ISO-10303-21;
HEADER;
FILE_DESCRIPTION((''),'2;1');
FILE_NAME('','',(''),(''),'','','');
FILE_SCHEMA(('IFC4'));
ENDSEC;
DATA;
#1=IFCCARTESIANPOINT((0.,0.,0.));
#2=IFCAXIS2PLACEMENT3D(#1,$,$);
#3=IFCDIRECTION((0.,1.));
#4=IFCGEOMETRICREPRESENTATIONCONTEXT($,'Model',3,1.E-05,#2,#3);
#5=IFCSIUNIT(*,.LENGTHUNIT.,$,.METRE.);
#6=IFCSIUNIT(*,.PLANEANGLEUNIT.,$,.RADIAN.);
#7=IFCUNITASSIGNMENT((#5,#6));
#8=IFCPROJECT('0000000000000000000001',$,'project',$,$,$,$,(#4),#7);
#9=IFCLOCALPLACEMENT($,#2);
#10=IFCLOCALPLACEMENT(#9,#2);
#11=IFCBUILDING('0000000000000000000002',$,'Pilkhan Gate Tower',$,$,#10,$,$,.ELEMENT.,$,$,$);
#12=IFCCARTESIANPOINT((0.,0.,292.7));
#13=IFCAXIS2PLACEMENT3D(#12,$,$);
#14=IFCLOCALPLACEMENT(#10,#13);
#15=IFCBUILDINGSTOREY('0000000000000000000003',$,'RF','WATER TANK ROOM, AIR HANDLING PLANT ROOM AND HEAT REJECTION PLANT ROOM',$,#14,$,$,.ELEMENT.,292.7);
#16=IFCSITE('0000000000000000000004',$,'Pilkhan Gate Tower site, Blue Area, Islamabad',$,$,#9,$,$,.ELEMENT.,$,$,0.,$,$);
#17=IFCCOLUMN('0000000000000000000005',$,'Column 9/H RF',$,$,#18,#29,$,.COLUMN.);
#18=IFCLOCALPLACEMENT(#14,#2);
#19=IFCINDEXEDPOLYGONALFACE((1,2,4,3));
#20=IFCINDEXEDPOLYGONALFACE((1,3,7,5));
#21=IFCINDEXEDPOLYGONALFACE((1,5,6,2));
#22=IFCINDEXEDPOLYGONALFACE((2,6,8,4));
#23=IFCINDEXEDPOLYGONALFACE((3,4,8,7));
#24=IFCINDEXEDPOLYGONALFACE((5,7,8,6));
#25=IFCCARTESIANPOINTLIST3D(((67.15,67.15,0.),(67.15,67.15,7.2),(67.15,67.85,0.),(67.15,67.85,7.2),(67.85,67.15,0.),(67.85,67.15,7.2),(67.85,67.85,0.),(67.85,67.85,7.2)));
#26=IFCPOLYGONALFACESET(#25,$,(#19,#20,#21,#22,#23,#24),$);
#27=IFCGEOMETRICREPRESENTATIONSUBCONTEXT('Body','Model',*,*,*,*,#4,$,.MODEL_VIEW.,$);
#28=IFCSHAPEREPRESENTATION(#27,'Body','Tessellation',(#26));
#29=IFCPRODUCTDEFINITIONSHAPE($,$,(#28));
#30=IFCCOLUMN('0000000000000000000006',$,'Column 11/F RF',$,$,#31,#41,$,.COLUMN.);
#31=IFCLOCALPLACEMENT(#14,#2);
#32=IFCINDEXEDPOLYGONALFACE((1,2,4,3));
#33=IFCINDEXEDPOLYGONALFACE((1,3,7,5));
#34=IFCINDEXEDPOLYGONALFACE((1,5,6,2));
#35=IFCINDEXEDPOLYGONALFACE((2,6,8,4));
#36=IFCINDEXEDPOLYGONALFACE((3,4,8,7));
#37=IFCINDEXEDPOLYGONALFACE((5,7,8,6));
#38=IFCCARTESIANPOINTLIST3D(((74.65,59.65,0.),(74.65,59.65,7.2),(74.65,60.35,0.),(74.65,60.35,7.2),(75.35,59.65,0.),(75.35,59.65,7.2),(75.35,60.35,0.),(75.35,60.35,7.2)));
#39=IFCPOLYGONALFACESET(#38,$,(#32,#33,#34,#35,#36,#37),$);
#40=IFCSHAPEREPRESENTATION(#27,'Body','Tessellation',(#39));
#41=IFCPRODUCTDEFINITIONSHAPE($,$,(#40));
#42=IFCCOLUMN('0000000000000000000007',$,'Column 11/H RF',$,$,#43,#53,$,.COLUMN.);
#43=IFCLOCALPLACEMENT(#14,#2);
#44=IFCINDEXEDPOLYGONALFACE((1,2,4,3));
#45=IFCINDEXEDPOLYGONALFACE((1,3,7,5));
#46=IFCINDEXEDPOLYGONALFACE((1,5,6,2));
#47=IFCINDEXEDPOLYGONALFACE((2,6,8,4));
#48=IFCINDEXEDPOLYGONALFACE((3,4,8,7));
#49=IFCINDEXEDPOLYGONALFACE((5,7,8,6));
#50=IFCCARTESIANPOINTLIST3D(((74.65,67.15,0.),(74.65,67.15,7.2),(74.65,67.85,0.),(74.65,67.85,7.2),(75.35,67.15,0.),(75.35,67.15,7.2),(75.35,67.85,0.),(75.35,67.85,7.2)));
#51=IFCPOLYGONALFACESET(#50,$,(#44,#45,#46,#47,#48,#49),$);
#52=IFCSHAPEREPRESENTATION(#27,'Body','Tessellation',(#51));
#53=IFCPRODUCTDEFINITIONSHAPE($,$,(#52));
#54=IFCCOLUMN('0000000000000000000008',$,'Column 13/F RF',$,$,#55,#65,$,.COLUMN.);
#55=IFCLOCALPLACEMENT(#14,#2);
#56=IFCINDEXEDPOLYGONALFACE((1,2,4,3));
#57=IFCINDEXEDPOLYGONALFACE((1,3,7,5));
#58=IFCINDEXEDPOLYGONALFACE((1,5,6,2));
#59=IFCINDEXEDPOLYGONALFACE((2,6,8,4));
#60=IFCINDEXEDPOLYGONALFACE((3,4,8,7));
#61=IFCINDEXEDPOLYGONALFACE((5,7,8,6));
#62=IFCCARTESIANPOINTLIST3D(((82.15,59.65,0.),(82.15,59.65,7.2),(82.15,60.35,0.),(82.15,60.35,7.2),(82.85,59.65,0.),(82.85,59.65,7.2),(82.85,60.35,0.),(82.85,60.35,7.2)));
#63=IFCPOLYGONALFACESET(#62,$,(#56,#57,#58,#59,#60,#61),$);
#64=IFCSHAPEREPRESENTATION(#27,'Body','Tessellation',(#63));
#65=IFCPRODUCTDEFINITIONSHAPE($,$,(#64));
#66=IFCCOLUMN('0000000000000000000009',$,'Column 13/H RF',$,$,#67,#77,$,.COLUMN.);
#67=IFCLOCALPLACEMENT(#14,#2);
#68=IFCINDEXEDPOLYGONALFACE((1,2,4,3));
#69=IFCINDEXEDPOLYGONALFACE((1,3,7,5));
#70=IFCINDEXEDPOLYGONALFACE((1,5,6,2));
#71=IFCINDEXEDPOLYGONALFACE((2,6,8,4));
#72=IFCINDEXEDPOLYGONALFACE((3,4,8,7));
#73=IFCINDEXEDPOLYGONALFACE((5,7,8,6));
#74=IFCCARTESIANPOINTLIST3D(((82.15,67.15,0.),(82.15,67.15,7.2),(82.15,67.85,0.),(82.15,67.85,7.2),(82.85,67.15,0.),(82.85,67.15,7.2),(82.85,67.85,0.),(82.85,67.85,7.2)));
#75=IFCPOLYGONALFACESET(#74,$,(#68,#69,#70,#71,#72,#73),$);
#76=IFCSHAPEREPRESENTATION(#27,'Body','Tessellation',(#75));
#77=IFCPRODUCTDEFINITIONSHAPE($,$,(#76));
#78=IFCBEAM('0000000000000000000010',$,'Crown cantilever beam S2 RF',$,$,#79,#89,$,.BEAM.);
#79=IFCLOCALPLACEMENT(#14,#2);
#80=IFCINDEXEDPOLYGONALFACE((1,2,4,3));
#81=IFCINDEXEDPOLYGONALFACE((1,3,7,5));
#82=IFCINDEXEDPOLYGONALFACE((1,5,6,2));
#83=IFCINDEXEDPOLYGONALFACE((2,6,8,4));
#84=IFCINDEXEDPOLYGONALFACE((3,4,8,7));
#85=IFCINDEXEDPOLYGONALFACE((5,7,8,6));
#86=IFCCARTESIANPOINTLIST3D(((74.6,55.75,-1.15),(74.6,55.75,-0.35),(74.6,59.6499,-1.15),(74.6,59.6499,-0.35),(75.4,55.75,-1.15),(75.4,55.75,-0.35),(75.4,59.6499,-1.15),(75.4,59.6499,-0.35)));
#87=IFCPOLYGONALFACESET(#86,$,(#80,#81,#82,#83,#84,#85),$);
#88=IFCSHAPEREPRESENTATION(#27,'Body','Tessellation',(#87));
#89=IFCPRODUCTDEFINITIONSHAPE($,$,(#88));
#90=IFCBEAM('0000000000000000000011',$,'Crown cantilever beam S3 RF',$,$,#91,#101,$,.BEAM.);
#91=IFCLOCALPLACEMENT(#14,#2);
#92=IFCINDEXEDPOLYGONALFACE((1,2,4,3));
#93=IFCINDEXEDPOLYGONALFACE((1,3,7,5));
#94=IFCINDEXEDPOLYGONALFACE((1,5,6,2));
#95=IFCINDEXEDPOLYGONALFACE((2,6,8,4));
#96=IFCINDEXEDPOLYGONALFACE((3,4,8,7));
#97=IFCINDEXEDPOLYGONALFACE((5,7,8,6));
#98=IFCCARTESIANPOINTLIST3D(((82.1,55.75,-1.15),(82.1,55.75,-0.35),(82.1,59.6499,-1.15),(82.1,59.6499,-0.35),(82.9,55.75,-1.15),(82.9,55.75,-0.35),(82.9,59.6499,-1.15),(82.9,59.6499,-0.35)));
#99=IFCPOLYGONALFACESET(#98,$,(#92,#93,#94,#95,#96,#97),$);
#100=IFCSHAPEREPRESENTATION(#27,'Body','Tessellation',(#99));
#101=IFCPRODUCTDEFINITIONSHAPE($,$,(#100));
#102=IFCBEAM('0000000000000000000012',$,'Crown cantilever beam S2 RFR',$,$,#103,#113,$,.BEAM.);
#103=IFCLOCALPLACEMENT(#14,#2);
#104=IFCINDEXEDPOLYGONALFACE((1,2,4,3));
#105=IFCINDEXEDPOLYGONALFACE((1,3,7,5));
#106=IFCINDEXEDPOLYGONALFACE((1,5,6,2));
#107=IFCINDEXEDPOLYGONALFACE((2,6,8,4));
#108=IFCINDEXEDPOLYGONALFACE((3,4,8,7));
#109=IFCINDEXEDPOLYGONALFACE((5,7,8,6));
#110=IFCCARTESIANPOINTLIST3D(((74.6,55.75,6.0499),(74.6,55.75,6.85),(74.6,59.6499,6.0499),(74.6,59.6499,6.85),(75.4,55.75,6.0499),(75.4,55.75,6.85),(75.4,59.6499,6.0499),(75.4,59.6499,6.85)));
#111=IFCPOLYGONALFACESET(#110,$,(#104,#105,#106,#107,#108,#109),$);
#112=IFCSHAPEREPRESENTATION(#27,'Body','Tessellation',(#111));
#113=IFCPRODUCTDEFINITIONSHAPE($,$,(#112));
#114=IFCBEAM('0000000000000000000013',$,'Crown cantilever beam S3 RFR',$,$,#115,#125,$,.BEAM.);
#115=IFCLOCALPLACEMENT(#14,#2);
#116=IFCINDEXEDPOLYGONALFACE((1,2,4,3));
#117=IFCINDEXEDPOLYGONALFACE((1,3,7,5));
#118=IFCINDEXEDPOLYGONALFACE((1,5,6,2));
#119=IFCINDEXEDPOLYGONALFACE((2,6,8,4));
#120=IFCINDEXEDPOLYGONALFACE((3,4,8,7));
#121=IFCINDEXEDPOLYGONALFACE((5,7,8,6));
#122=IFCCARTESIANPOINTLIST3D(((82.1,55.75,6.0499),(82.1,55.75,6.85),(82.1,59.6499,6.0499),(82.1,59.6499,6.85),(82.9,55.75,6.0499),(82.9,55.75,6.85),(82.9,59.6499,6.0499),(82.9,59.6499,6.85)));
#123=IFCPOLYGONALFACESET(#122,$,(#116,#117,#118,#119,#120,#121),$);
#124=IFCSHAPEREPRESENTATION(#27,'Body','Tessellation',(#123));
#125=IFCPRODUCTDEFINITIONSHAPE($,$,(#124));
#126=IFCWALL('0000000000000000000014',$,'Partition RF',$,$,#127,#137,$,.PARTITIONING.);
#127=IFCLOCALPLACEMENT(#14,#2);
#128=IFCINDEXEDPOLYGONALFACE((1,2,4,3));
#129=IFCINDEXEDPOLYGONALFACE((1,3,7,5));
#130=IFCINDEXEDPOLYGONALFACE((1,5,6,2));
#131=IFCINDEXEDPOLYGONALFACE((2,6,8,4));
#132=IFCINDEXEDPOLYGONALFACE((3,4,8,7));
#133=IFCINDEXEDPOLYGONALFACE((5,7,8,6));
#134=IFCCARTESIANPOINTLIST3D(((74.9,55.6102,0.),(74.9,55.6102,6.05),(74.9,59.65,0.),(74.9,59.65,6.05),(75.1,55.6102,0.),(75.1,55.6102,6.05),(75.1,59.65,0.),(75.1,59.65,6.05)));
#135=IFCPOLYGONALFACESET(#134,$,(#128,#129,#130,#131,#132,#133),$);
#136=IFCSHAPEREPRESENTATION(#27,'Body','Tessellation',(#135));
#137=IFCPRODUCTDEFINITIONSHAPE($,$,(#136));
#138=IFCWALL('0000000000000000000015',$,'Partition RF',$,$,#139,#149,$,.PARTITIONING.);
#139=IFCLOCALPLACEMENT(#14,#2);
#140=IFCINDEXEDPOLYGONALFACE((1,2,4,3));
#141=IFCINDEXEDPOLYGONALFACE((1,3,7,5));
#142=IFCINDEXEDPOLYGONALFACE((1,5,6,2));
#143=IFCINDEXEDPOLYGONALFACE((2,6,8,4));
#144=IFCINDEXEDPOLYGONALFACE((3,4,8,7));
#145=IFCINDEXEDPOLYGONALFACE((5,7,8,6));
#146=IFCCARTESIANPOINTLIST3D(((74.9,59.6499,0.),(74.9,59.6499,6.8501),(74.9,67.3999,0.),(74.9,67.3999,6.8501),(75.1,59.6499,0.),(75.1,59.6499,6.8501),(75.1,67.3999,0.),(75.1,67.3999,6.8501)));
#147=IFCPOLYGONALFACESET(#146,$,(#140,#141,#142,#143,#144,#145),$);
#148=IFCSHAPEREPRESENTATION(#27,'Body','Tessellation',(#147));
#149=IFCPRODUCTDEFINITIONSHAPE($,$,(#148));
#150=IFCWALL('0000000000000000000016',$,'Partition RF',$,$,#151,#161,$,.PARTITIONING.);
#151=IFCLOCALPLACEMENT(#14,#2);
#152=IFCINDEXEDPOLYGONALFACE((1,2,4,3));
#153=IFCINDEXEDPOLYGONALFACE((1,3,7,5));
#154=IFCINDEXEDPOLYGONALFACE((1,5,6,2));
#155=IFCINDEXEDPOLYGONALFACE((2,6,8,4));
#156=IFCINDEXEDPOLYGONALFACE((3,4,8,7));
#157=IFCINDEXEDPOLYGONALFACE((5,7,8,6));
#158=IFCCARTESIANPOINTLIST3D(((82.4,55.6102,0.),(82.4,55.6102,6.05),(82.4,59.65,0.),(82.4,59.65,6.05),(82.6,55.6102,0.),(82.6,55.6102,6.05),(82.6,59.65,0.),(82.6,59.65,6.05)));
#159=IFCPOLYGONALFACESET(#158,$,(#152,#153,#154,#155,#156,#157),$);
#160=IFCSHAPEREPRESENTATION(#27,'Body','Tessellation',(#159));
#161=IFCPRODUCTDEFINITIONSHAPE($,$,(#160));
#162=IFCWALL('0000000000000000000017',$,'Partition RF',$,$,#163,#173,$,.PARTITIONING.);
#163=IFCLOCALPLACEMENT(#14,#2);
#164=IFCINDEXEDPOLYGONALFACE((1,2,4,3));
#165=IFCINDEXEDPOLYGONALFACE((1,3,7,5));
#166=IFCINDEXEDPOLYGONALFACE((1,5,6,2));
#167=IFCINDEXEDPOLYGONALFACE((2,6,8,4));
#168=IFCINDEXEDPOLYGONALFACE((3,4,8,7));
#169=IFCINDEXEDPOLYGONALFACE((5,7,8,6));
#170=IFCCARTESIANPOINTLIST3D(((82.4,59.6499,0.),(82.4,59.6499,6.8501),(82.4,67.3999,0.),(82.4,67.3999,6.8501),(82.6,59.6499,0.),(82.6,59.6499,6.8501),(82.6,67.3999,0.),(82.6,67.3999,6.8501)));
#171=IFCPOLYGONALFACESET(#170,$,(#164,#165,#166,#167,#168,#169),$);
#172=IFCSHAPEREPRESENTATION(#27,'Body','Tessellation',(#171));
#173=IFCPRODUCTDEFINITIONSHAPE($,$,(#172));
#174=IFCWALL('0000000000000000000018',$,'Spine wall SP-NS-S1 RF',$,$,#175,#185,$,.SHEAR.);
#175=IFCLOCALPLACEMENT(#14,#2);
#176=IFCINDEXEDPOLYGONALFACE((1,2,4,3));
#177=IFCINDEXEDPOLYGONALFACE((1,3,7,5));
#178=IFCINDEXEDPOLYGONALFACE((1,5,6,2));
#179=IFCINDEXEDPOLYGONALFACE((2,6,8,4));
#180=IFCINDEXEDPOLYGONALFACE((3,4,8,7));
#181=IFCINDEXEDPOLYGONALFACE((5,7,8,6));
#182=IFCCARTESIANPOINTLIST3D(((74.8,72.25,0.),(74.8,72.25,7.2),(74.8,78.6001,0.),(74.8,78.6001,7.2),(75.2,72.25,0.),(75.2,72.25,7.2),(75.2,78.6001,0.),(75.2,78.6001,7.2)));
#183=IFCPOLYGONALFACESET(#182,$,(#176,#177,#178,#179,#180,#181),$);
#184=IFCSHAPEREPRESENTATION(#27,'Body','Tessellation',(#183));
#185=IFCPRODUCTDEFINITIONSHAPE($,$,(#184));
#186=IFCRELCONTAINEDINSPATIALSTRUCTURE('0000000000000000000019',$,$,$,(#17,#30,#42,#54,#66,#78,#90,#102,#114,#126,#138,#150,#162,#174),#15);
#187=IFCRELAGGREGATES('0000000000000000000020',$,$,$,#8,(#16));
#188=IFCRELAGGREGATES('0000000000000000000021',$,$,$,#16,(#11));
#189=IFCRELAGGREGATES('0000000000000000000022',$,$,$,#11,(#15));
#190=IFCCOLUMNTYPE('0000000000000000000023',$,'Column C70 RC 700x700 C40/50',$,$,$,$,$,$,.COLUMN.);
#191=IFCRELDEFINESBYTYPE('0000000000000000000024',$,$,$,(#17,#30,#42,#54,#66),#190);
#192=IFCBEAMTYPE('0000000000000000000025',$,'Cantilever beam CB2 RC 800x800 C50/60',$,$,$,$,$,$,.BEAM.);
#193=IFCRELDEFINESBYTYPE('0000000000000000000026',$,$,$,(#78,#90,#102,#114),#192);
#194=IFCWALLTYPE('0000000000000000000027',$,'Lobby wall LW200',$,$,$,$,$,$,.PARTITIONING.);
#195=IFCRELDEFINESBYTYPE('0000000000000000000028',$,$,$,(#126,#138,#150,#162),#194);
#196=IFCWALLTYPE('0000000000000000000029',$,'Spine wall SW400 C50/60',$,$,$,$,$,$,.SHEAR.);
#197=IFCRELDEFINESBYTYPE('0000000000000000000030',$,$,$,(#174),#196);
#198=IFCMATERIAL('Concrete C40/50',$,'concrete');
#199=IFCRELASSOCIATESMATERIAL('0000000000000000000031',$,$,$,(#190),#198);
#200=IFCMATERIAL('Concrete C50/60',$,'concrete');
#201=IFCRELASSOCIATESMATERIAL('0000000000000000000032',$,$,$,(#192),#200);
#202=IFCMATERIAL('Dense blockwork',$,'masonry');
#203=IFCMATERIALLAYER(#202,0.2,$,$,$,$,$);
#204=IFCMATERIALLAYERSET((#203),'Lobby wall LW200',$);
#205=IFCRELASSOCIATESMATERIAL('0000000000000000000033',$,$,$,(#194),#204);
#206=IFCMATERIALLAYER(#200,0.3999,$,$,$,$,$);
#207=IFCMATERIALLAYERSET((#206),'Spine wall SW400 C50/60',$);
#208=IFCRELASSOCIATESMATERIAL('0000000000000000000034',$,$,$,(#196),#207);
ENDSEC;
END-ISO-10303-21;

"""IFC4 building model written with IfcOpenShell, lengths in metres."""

from ifc_helpers import new_model, si_unit, direction, frame, frame_2d, origin, origin_2d, place, context, subcontext, project, spatial, rectangle, extrude, material, layer, layer_set, material_profile, profile_set, type_object, element, save


model = new_model("IFC4")

# Units and contexts
model_context = context("Model", 3, precision=1e-05, world=origin(), true_north=direction((0.0, 1.0)))
body_context = subcontext(model_context, "Body", "Model", "MODEL_VIEW")
ifc_project = project(units=[si_unit("LENGTHUNIT", "METRE"), si_unit("PLANEANGLEUNIT", "RADIAN")], contexts=[model_context])

# Site, building, storey
site_placement = place(None, origin())
site = spatial("IfcSite", under=ifc_project, at=site_placement, Name="Pilkhan Gate Tower site, Blue Area, Islamabad", CompositionType="ELEMENT", RefElevation=0.0)
building_placement = place(site_placement, origin())
building = spatial("IfcBuilding", under=site, at=building_placement, Name="Pilkhan Gate Tower", CompositionType="ELEMENT")
storey_placement = place(building_placement, frame((0.0, 0.0, 292.7)))
storey = spatial("IfcBuildingStorey", under=building, at=storey_placement, Name="RF", Description="WATER TANK ROOM, AIR HANDLING PLANT ROOM AND HEAT REJECTION PLANT ROOM", CompositionType="ELEMENT", Elevation=292.7)

# Columns
ifc_material_1 = material(Name="Concrete C40/50", Category="concrete")
ifc_material_profile_1 = material_profile(ifc_material_1, rectangle(XDim=0.7, YDim=0.7, at=origin_2d()), Name="RC 700x700")
ifc_profile_set_1 = profile_set([ifc_material_profile_1], Name="Concrete C40/50")
column_type = type_object("IfcColumnType", Name="Column C70 RC 700x700 C40/50", PredefinedType="COLUMN", material=ifc_profile_set_1)
for number, where, z_axis, x_axis, name in (
    (1, (67.5, 67.5, 0.0), (0.0, 0.0, 1.0), (1.0, 0.0, 0.0), "Column 9/H RF"),
    (2, (75.0, 60.0, 0.0), (0.0, 0.0, 1.0), (1.0, 0.0, 0.0), "Column 11/F RF"),
    (3, (75.0, 67.5, 0.0), (0.0, 0.0, 1.0), (1.0, 0.0, 0.0), "Column 11/H RF"),
    (4, (82.5, 60.0, 0.0), (0.0, 0.0, 1.0), (1.0, 0.0, 0.0), "Column 13/F RF"),
    (5, (82.5, 67.5, 0.0), (0.0, 0.0, 1.0), (1.0, 0.0, 0.0), "Column 13/H RF"),
):
    element("IfcColumn", number, at=place(storey_placement, frame(where, z_axis=z_axis, x_axis=x_axis)), inside=storey, type_object=column_type, Name=name, PredefinedType="COLUMN", context=body_context, shape_type="SweptSolid", body=[
        extrude(rectangle(XDim=0.7, YDim=0.7, at=origin_2d()), origin(), (0.0, 0.0, 1.0), 7.2),
    ])

# Beams
ifc_material_2 = material(Name="Concrete C50/60", Category="concrete")
ifc_material_profile_2 = material_profile(ifc_material_2, rectangle(XDim=0.8, YDim=0.8, at=origin_2d()), Name="RC 800x800")
ifc_profile_set_2 = profile_set([ifc_material_profile_2], Name="Concrete C50/60")
beam_type = type_object("IfcBeamType", Name="Cantilever beam CB2 RC 800x800 C50/60", PredefinedType="BEAM", material=ifc_profile_set_2)
for number, where, z_axis, x_axis, name in (
    (6, (75.0, 59.6499, -0.75), (0.0, -1.0, 0.0), (1.0, 0.0, 0.0), "Crown cantilever beam S2 RF"),
    (7, (82.5, 59.6499, -0.75), (0.0, -1.0, 0.0), (1.0, 0.0, 0.0), "Crown cantilever beam S3 RF"),
    (8, (75.0, 59.6499, 6.45), (0.0, -1.0, 0.0), (1.0, 0.0, 0.0), "Crown cantilever beam S2 RFR"),
    (9, (82.5, 59.6499, 6.45), (0.0, -1.0, 0.0), (1.0, 0.0, 0.0), "Crown cantilever beam S3 RFR"),
):
    element("IfcBeam", number, at=place(storey_placement, frame(where, z_axis=z_axis, x_axis=x_axis)), inside=storey, type_object=beam_type, Name=name, PredefinedType="BEAM", context=body_context, shape_type="SweptSolid", body=[
        extrude(rectangle(XDim=0.8, YDim=0.8, at=origin_2d()), origin(), (0.0, 0.0, 1.0), 3.8999),
    ])

# Walls
ifc_material_3 = material(Name="Dense blockwork", Category="masonry")
ifc_layer_1 = layer(ifc_material_3, 0.2)
ifc_layer_set_1 = layer_set([ifc_layer_1], Name="Lobby wall LW200")
wall_type_1 = type_object("IfcWallType", Name="Lobby wall LW200", PredefinedType="PARTITIONING", material=ifc_layer_set_1)
wall_1_placement = place(storey_placement, frame((75.0, 55.6101, 0.0), z_axis=(0.0, 0.0, 1.0), x_axis=(0.0, 1.0, 0.0)))
element("IfcWall", 10, at=wall_1_placement, inside=storey, type_object=wall_type_1, Name="Partition RF", PredefinedType="PARTITIONING", context=body_context, shape_type="SweptSolid", body=[
    extrude(rectangle(XDim=4.0398, YDim=0.2, at=frame_2d((2.02, 0.0))), origin(), (0.0, 0.0, 1.0), 6.05),
])
wall_2_placement = place(storey_placement, frame((75.0, 59.6499, 0.0), z_axis=(0.0, 0.0, 1.0), x_axis=(0.0, 1.0, 0.0)))
element("IfcWall", 11, at=wall_2_placement, inside=storey, type_object=wall_type_1, Name="Partition RF", PredefinedType="PARTITIONING", context=body_context, shape_type="SweptSolid", body=[
    extrude(rectangle(XDim=7.75, YDim=0.2, at=frame_2d((3.875, 0.0))), origin(), (0.0, 0.0, 1.0), 6.8501),
])
wall_3_placement = place(storey_placement, frame((82.5, 55.6101, 0.0), z_axis=(0.0, 0.0, 1.0), x_axis=(0.0, 1.0, 0.0)))
element("IfcWall", 12, at=wall_3_placement, inside=storey, type_object=wall_type_1, Name="Partition RF", PredefinedType="PARTITIONING", context=body_context, shape_type="SweptSolid", body=[
    extrude(rectangle(XDim=4.0398, YDim=0.2, at=frame_2d((2.02, 0.0))), origin(), (0.0, 0.0, 1.0), 6.05),
])
wall_4_placement = place(storey_placement, frame((82.5, 59.6499, 0.0), z_axis=(0.0, 0.0, 1.0), x_axis=(0.0, 1.0, 0.0)))
element("IfcWall", 13, at=wall_4_placement, inside=storey, type_object=wall_type_1, Name="Partition RF", PredefinedType="PARTITIONING", context=body_context, shape_type="SweptSolid", body=[
    extrude(rectangle(XDim=7.75, YDim=0.2, at=frame_2d((3.875, 0.0))), origin(), (0.0, 0.0, 1.0), 6.8501),
])
ifc_layer_2 = layer(ifc_material_2, 0.3999)
ifc_layer_set_2 = layer_set([ifc_layer_2], Name="Spine wall SW400 C50/60")
wall_type_2 = type_object("IfcWallType", Name="Spine wall SW400 C50/60", PredefinedType="SHEAR", material=ifc_layer_set_2)
wall_5_placement = place(storey_placement, frame((75.0, 72.25, 0.0), z_axis=(0.0, 0.0, 1.0), x_axis=(0.0, 1.0, 0.0)))
element("IfcWall", 14, at=wall_5_placement, inside=storey, type_object=wall_type_2, Name="Spine wall SP-NS-S1 RF", PredefinedType="SHEAR", context=body_context, shape_type="SweptSolid", body=[
    extrude(rectangle(XDim=6.3501, YDim=0.3999, at=frame_2d((3.175, 0.0))), origin(), (0.0, 0.0, 1.0), 7.2),
])

save(model, "model.ifc")
